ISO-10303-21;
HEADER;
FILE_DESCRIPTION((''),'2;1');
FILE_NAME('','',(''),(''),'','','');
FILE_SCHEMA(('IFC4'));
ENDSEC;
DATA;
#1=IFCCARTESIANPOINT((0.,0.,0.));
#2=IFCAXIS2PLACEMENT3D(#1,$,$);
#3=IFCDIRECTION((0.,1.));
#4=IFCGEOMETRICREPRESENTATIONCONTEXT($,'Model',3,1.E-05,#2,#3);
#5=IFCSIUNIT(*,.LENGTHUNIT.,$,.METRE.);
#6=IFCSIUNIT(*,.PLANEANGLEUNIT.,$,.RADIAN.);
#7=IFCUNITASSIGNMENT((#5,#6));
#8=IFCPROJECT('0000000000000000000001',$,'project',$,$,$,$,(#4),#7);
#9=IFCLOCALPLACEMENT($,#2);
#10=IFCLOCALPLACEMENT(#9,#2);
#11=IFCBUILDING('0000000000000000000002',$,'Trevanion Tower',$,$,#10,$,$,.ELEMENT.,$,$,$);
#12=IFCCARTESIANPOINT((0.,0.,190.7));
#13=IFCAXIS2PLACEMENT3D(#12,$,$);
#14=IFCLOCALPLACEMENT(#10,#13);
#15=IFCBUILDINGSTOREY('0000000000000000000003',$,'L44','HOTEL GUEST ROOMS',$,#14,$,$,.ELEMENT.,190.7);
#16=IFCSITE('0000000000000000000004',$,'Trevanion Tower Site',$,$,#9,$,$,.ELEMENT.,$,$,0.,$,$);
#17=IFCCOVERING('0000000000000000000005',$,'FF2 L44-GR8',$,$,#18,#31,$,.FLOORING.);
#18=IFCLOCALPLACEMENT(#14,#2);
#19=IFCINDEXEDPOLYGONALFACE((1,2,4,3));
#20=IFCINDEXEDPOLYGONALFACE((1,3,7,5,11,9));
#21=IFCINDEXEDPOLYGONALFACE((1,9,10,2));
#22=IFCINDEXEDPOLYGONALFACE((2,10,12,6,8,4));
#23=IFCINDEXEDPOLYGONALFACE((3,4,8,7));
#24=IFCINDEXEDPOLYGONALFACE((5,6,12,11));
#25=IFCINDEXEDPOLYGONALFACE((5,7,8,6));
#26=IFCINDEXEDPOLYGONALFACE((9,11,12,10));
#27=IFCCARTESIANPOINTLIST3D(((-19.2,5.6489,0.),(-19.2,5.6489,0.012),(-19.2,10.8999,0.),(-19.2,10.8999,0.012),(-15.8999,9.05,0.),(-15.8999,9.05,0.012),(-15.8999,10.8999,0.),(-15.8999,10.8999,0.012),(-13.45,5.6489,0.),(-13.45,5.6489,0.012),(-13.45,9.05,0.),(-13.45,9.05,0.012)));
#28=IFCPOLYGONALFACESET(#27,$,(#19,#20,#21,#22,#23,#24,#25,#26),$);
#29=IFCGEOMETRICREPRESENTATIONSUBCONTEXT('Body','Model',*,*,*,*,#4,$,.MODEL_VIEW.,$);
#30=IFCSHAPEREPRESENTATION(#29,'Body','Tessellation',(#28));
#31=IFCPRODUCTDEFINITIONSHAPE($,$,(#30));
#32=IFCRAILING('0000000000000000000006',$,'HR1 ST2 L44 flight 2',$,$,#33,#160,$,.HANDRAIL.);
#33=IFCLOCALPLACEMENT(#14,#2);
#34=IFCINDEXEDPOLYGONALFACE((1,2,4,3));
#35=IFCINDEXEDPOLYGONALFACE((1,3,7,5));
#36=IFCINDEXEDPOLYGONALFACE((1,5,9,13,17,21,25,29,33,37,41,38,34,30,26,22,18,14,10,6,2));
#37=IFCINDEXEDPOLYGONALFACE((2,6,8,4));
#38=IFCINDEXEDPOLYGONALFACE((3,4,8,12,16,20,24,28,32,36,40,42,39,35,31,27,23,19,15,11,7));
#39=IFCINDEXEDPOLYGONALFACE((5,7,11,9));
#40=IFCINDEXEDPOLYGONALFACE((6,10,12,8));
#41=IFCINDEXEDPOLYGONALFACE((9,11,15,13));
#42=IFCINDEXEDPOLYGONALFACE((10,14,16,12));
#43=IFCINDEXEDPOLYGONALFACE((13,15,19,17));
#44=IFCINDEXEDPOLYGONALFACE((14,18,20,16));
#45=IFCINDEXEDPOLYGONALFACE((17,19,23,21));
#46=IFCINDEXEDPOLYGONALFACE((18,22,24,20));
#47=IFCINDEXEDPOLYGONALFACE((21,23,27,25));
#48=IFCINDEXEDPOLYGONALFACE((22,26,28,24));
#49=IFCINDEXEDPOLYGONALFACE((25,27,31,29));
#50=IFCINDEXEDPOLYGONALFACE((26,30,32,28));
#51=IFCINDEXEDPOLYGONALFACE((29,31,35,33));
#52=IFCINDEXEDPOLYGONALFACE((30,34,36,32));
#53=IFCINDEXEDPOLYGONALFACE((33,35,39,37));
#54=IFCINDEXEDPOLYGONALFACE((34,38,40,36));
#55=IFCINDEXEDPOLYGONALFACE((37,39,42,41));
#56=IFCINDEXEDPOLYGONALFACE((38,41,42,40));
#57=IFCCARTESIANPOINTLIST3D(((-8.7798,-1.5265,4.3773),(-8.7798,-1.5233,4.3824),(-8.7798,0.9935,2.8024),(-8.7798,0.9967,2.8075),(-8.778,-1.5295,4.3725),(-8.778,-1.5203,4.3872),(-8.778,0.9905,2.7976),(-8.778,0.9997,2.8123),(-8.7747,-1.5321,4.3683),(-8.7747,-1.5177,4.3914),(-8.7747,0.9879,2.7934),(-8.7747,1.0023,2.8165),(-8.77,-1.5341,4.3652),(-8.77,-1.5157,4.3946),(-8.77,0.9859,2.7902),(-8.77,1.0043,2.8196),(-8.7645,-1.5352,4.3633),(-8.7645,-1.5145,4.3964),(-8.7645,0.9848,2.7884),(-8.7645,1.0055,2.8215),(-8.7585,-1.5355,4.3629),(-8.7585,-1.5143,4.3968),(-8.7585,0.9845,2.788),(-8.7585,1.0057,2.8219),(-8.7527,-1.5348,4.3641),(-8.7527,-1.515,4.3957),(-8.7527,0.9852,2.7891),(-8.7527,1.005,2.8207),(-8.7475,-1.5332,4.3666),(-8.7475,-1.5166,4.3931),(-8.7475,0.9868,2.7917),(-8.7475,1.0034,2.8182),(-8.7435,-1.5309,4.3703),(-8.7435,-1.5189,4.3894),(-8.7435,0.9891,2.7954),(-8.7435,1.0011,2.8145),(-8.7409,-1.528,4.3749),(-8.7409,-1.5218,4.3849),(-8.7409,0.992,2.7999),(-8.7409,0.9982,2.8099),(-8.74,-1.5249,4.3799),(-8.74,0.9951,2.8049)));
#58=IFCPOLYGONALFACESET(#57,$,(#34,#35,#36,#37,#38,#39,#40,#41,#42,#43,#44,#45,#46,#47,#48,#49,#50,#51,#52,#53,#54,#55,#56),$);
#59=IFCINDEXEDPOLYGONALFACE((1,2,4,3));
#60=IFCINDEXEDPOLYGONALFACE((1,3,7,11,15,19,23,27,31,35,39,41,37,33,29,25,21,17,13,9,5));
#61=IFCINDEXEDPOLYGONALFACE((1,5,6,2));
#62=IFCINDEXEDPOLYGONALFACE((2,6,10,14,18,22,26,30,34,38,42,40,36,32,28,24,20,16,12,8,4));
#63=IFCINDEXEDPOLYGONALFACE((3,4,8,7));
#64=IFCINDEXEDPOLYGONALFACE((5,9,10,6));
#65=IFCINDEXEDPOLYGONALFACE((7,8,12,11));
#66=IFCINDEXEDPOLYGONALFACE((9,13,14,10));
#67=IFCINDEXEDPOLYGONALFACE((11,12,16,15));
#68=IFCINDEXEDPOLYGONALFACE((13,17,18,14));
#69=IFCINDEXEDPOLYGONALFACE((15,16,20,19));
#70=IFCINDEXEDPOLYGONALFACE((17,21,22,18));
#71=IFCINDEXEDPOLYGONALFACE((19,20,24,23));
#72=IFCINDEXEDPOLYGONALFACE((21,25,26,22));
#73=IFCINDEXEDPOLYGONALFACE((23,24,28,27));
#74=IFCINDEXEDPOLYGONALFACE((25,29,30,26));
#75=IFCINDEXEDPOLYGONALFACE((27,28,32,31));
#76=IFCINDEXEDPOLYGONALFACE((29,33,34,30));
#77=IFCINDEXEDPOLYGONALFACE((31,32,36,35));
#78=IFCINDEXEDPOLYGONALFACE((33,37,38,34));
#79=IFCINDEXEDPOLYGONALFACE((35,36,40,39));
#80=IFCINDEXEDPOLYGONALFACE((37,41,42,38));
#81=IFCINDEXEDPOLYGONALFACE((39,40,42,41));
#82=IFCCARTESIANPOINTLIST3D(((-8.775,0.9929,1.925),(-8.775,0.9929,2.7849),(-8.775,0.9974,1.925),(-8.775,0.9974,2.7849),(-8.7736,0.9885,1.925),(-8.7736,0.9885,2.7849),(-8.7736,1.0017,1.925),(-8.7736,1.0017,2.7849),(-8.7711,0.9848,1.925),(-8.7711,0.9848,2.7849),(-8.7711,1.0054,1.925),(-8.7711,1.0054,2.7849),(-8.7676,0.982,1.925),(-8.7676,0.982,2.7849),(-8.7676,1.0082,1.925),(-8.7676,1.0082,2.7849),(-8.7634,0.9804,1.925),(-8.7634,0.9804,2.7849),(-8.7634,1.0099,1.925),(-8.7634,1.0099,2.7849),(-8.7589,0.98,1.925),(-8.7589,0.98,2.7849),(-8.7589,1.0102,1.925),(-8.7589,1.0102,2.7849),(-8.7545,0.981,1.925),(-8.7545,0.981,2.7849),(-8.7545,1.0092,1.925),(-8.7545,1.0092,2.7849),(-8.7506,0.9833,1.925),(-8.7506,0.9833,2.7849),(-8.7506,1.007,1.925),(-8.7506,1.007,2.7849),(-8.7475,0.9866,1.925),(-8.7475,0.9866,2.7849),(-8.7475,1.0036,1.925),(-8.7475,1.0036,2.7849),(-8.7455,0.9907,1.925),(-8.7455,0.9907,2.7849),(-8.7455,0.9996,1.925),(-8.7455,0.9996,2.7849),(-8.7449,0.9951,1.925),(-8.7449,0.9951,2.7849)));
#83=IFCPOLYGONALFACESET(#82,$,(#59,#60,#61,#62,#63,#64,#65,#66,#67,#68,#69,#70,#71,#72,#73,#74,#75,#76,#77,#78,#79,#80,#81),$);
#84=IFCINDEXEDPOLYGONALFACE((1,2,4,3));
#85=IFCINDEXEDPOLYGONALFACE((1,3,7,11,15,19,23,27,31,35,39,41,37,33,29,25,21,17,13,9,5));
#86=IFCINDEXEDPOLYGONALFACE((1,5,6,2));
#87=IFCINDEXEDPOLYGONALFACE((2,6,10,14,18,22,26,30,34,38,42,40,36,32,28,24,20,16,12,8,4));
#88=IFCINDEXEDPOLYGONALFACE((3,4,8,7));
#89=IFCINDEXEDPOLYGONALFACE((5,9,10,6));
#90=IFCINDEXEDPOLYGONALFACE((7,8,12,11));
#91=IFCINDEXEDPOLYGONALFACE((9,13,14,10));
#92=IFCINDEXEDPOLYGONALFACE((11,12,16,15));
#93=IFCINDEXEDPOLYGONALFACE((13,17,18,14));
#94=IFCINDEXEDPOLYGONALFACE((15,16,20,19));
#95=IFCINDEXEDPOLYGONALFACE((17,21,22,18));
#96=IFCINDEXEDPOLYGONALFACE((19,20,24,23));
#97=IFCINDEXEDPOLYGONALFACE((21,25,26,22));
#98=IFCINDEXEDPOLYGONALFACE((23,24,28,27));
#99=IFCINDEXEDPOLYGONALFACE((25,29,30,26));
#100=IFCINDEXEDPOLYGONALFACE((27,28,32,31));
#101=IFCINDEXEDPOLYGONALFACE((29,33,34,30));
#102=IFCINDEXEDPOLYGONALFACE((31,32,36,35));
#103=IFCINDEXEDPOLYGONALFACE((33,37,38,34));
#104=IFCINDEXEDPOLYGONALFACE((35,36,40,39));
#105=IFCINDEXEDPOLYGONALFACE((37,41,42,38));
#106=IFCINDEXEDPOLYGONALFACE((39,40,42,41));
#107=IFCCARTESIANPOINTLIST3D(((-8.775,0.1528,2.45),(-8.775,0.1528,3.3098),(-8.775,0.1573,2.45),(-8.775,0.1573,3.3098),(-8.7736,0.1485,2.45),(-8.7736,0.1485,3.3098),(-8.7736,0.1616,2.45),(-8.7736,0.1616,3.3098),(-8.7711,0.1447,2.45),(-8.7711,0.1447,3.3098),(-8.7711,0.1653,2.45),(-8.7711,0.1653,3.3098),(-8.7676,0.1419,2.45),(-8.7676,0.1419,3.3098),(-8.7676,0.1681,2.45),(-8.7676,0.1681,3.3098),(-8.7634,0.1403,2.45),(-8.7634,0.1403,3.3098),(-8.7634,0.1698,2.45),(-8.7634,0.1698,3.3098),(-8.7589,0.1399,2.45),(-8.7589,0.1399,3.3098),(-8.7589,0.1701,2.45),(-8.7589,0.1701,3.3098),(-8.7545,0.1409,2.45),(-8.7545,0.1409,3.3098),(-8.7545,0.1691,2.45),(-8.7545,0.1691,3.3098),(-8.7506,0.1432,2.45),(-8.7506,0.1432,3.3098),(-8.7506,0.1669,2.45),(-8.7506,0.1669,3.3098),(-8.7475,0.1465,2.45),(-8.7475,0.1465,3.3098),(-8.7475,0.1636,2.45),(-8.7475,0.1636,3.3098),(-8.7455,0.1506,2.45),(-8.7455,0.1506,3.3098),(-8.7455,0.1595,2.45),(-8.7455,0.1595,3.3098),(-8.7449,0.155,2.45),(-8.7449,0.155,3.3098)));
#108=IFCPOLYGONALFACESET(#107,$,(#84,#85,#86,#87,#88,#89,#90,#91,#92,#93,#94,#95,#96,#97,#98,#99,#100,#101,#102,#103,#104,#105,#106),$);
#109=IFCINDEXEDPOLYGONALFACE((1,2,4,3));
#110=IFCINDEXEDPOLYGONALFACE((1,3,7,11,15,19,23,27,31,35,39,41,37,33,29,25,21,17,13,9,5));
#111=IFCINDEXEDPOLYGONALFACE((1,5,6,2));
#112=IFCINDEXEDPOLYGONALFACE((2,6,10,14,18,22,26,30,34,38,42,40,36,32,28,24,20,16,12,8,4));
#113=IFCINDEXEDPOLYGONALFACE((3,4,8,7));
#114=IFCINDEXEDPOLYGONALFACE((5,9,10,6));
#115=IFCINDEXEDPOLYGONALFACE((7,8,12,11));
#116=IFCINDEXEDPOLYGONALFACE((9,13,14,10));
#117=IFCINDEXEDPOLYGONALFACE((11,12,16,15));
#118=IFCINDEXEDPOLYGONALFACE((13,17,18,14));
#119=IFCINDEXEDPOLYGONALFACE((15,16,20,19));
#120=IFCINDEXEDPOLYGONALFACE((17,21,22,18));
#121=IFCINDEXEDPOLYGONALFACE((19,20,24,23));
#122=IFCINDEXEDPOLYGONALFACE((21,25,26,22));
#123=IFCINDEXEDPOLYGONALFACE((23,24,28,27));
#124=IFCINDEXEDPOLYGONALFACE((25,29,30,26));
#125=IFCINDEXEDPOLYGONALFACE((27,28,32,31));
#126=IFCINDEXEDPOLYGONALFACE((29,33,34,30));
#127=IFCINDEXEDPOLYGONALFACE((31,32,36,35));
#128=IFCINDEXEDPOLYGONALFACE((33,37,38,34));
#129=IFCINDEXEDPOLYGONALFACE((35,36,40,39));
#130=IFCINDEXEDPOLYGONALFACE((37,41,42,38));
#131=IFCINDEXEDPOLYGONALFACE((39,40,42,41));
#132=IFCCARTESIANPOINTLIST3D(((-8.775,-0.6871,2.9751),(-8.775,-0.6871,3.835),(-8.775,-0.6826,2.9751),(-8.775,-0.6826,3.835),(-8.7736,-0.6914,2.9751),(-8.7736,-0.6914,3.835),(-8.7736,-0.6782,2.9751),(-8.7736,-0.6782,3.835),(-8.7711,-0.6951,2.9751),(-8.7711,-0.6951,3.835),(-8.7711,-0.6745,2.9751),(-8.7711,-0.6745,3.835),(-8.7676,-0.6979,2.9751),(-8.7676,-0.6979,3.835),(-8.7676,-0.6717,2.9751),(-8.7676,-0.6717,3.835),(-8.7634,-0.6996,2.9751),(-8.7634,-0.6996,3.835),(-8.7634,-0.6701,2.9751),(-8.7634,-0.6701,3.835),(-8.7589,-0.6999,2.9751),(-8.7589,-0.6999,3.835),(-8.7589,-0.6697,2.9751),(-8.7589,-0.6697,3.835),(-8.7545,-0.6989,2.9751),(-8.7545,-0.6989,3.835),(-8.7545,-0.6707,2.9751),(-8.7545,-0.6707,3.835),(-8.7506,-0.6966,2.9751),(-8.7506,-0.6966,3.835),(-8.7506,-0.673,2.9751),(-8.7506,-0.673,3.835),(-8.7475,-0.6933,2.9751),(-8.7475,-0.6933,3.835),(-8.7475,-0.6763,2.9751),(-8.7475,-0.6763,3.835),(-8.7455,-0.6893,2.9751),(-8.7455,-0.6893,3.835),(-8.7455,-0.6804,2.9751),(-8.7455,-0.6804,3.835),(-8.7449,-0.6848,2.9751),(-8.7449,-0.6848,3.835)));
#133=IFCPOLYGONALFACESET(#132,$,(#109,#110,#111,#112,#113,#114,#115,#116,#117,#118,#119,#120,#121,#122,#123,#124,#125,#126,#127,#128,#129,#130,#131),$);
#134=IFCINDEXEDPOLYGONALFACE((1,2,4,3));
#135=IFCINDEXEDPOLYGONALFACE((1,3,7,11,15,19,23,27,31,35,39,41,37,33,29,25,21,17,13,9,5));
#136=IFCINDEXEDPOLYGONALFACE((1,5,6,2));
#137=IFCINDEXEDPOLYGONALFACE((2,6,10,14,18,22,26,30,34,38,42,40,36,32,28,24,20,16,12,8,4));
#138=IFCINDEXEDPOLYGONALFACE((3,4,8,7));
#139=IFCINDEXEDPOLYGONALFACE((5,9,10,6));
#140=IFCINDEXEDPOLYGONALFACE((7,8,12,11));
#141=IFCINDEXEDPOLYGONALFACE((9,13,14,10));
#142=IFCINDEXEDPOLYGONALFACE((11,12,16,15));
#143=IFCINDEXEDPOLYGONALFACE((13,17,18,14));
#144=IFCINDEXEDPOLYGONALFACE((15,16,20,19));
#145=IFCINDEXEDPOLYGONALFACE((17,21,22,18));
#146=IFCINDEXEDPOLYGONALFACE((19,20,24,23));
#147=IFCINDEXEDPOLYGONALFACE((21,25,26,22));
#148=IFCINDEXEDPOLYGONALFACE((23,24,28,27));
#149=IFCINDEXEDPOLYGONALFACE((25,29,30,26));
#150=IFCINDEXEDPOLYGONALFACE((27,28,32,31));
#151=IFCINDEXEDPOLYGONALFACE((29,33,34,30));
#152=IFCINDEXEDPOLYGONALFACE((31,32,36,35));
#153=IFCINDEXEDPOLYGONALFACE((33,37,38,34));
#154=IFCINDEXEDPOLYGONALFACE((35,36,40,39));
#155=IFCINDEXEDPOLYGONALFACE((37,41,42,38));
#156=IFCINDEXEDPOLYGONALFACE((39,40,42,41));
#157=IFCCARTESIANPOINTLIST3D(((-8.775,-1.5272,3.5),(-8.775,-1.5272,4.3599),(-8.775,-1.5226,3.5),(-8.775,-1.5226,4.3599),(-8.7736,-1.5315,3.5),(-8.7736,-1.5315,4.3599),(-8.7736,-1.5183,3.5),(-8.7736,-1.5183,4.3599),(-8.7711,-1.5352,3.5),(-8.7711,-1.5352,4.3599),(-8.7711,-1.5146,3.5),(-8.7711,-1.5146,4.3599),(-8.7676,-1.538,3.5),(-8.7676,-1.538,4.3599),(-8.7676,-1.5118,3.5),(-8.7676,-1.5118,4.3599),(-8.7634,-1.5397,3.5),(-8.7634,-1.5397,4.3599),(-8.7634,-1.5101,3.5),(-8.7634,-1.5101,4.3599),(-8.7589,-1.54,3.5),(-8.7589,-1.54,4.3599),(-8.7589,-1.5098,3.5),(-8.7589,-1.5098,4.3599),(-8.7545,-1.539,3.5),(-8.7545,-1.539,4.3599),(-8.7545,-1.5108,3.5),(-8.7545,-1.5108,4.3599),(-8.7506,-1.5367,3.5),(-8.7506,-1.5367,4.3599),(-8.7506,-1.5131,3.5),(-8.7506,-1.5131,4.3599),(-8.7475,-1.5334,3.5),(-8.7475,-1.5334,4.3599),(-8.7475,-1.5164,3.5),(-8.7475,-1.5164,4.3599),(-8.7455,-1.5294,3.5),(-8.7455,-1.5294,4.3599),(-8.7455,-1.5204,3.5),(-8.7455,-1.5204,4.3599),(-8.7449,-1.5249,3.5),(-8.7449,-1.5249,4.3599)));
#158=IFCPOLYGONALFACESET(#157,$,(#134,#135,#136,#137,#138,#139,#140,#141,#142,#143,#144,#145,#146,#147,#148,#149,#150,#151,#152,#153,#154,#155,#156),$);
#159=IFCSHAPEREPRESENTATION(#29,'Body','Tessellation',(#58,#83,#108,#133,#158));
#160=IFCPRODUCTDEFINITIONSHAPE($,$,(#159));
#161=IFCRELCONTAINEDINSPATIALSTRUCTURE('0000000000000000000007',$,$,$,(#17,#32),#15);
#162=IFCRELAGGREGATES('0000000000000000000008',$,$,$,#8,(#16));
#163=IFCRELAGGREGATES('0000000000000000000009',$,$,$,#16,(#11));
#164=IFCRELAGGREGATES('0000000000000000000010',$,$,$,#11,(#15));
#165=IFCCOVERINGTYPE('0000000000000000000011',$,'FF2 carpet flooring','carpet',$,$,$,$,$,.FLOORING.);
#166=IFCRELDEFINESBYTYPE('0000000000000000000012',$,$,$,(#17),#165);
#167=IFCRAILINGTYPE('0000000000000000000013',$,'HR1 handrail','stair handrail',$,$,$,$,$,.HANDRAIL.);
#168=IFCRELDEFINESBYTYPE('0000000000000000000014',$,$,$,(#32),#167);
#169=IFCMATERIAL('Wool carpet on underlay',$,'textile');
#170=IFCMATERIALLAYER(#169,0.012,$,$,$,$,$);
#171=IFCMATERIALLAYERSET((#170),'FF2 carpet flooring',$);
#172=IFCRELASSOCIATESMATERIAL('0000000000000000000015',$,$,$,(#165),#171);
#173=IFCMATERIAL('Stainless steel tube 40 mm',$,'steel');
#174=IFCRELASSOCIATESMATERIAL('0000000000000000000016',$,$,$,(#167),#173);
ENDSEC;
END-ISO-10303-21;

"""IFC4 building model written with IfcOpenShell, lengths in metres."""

from ifc_helpers import new_model, si_unit, direction, frame, origin, origin_2d, place, context, subcontext, project, spatial, polyline, circle, outline, extrude, material, layer, layer_set, type_object, element, save


model = new_model("IFC4")

# Units and contexts
model_context = context("Model", 3, precision=1e-05, world=origin(), true_north=direction((0.0, 1.0)))
body_context = subcontext(model_context, "Body", "Model", "MODEL_VIEW")
ifc_project = project(units=[si_unit("LENGTHUNIT", "METRE"), si_unit("PLANEANGLEUNIT", "RADIAN")], contexts=[model_context])

# Site, building, storey
site_placement = place(None, origin())
site = spatial("IfcSite", under=ifc_project, at=site_placement, Name="Trevanion Tower Site", CompositionType="ELEMENT", RefElevation=0.0)
building_placement = place(site_placement, origin())
building = spatial("IfcBuilding", under=site, at=building_placement, Name="Trevanion Tower", CompositionType="ELEMENT")
storey_placement = place(building_placement, frame((0.0, 0.0, 190.7)))
storey = spatial("IfcBuildingStorey", under=building, at=storey_placement, Name="L44", Description="HOTEL GUEST ROOMS", CompositionType="ELEMENT", Elevation=190.7)

# Covering
ifc_material_1 = material(Name="Wool carpet on underlay", Category="textile")
ifc_layer_1 = layer(ifc_material_1, 0.012)
ifc_layer_set_1 = layer_set([ifc_layer_1], Name="FF2 carpet flooring")
covering_type = type_object("IfcCoveringType", Name="FF2 carpet flooring", Description="carpet", PredefinedType="FLOORING", material=ifc_layer_set_1)
covering_1_placement = place(storey_placement, origin())
element("IfcCovering", 1, at=covering_1_placement, inside=storey, type_object=covering_type, Name="FF2 L44-GR8", PredefinedType="FLOORING", context=body_context, shape_type="SweptSolid", body=[
    extrude(outline(polyline([(-13.45, 5.6489), (-19.2, 5.6489), (-19.2, 10.8999), (-15.8999, 10.8999), (-15.8999, 9.05), (-13.45, 9.05), (-13.45, 5.6489)])), origin(), (0.0, 0.0, 1.0), 0.012),
])

# Railing
ifc_material_2 = material(Name="Stainless steel tube 40 mm", Category="steel")
railing_type = type_object("IfcRailingType", Name="HR1 handrail", Description="stair handrail", PredefinedType="HANDRAIL", material=ifc_material_2)
railing_placement = place(storey_placement, frame((-8.76, 0.9951, 1.925)))
element("IfcRailing", 2, at=railing_placement, inside=storey, type_object=railing_type, Name="HR1 ST2 L44 flight 2", PredefinedType="HANDRAIL", context=body_context, shape_type="SweptSolid", body=[
    extrude(circle(Radius=0.02, at=origin_2d()), frame((0.0, 0.0, 0.8799), z_axis=(0.0, -0.848008, 0.529984), x_axis=(1.0, 0.0, 0.0)), (0.0, 0.0, 1.0), 2.9717),
    extrude(circle(Radius=0.0151, at=origin_2d()), origin(), (0.0, 0.0, 1.0), 0.8599),
    extrude(circle(Radius=0.0151, at=origin_2d()), frame((0.0, -0.8401, 0.5249)), (0.0, 0.0, 1.0), 0.8599),
    extrude(circle(Radius=0.0151, at=origin_2d()), frame((0.0, -1.6799, 1.05)), (0.0, 0.0, 1.0), 0.8599),
    extrude(circle(Radius=0.0151, at=origin_2d()), frame((0.0, -2.52, 1.575)), (0.0, 0.0, 1.0), 0.8599),
])

save(model, "model.ifc")
